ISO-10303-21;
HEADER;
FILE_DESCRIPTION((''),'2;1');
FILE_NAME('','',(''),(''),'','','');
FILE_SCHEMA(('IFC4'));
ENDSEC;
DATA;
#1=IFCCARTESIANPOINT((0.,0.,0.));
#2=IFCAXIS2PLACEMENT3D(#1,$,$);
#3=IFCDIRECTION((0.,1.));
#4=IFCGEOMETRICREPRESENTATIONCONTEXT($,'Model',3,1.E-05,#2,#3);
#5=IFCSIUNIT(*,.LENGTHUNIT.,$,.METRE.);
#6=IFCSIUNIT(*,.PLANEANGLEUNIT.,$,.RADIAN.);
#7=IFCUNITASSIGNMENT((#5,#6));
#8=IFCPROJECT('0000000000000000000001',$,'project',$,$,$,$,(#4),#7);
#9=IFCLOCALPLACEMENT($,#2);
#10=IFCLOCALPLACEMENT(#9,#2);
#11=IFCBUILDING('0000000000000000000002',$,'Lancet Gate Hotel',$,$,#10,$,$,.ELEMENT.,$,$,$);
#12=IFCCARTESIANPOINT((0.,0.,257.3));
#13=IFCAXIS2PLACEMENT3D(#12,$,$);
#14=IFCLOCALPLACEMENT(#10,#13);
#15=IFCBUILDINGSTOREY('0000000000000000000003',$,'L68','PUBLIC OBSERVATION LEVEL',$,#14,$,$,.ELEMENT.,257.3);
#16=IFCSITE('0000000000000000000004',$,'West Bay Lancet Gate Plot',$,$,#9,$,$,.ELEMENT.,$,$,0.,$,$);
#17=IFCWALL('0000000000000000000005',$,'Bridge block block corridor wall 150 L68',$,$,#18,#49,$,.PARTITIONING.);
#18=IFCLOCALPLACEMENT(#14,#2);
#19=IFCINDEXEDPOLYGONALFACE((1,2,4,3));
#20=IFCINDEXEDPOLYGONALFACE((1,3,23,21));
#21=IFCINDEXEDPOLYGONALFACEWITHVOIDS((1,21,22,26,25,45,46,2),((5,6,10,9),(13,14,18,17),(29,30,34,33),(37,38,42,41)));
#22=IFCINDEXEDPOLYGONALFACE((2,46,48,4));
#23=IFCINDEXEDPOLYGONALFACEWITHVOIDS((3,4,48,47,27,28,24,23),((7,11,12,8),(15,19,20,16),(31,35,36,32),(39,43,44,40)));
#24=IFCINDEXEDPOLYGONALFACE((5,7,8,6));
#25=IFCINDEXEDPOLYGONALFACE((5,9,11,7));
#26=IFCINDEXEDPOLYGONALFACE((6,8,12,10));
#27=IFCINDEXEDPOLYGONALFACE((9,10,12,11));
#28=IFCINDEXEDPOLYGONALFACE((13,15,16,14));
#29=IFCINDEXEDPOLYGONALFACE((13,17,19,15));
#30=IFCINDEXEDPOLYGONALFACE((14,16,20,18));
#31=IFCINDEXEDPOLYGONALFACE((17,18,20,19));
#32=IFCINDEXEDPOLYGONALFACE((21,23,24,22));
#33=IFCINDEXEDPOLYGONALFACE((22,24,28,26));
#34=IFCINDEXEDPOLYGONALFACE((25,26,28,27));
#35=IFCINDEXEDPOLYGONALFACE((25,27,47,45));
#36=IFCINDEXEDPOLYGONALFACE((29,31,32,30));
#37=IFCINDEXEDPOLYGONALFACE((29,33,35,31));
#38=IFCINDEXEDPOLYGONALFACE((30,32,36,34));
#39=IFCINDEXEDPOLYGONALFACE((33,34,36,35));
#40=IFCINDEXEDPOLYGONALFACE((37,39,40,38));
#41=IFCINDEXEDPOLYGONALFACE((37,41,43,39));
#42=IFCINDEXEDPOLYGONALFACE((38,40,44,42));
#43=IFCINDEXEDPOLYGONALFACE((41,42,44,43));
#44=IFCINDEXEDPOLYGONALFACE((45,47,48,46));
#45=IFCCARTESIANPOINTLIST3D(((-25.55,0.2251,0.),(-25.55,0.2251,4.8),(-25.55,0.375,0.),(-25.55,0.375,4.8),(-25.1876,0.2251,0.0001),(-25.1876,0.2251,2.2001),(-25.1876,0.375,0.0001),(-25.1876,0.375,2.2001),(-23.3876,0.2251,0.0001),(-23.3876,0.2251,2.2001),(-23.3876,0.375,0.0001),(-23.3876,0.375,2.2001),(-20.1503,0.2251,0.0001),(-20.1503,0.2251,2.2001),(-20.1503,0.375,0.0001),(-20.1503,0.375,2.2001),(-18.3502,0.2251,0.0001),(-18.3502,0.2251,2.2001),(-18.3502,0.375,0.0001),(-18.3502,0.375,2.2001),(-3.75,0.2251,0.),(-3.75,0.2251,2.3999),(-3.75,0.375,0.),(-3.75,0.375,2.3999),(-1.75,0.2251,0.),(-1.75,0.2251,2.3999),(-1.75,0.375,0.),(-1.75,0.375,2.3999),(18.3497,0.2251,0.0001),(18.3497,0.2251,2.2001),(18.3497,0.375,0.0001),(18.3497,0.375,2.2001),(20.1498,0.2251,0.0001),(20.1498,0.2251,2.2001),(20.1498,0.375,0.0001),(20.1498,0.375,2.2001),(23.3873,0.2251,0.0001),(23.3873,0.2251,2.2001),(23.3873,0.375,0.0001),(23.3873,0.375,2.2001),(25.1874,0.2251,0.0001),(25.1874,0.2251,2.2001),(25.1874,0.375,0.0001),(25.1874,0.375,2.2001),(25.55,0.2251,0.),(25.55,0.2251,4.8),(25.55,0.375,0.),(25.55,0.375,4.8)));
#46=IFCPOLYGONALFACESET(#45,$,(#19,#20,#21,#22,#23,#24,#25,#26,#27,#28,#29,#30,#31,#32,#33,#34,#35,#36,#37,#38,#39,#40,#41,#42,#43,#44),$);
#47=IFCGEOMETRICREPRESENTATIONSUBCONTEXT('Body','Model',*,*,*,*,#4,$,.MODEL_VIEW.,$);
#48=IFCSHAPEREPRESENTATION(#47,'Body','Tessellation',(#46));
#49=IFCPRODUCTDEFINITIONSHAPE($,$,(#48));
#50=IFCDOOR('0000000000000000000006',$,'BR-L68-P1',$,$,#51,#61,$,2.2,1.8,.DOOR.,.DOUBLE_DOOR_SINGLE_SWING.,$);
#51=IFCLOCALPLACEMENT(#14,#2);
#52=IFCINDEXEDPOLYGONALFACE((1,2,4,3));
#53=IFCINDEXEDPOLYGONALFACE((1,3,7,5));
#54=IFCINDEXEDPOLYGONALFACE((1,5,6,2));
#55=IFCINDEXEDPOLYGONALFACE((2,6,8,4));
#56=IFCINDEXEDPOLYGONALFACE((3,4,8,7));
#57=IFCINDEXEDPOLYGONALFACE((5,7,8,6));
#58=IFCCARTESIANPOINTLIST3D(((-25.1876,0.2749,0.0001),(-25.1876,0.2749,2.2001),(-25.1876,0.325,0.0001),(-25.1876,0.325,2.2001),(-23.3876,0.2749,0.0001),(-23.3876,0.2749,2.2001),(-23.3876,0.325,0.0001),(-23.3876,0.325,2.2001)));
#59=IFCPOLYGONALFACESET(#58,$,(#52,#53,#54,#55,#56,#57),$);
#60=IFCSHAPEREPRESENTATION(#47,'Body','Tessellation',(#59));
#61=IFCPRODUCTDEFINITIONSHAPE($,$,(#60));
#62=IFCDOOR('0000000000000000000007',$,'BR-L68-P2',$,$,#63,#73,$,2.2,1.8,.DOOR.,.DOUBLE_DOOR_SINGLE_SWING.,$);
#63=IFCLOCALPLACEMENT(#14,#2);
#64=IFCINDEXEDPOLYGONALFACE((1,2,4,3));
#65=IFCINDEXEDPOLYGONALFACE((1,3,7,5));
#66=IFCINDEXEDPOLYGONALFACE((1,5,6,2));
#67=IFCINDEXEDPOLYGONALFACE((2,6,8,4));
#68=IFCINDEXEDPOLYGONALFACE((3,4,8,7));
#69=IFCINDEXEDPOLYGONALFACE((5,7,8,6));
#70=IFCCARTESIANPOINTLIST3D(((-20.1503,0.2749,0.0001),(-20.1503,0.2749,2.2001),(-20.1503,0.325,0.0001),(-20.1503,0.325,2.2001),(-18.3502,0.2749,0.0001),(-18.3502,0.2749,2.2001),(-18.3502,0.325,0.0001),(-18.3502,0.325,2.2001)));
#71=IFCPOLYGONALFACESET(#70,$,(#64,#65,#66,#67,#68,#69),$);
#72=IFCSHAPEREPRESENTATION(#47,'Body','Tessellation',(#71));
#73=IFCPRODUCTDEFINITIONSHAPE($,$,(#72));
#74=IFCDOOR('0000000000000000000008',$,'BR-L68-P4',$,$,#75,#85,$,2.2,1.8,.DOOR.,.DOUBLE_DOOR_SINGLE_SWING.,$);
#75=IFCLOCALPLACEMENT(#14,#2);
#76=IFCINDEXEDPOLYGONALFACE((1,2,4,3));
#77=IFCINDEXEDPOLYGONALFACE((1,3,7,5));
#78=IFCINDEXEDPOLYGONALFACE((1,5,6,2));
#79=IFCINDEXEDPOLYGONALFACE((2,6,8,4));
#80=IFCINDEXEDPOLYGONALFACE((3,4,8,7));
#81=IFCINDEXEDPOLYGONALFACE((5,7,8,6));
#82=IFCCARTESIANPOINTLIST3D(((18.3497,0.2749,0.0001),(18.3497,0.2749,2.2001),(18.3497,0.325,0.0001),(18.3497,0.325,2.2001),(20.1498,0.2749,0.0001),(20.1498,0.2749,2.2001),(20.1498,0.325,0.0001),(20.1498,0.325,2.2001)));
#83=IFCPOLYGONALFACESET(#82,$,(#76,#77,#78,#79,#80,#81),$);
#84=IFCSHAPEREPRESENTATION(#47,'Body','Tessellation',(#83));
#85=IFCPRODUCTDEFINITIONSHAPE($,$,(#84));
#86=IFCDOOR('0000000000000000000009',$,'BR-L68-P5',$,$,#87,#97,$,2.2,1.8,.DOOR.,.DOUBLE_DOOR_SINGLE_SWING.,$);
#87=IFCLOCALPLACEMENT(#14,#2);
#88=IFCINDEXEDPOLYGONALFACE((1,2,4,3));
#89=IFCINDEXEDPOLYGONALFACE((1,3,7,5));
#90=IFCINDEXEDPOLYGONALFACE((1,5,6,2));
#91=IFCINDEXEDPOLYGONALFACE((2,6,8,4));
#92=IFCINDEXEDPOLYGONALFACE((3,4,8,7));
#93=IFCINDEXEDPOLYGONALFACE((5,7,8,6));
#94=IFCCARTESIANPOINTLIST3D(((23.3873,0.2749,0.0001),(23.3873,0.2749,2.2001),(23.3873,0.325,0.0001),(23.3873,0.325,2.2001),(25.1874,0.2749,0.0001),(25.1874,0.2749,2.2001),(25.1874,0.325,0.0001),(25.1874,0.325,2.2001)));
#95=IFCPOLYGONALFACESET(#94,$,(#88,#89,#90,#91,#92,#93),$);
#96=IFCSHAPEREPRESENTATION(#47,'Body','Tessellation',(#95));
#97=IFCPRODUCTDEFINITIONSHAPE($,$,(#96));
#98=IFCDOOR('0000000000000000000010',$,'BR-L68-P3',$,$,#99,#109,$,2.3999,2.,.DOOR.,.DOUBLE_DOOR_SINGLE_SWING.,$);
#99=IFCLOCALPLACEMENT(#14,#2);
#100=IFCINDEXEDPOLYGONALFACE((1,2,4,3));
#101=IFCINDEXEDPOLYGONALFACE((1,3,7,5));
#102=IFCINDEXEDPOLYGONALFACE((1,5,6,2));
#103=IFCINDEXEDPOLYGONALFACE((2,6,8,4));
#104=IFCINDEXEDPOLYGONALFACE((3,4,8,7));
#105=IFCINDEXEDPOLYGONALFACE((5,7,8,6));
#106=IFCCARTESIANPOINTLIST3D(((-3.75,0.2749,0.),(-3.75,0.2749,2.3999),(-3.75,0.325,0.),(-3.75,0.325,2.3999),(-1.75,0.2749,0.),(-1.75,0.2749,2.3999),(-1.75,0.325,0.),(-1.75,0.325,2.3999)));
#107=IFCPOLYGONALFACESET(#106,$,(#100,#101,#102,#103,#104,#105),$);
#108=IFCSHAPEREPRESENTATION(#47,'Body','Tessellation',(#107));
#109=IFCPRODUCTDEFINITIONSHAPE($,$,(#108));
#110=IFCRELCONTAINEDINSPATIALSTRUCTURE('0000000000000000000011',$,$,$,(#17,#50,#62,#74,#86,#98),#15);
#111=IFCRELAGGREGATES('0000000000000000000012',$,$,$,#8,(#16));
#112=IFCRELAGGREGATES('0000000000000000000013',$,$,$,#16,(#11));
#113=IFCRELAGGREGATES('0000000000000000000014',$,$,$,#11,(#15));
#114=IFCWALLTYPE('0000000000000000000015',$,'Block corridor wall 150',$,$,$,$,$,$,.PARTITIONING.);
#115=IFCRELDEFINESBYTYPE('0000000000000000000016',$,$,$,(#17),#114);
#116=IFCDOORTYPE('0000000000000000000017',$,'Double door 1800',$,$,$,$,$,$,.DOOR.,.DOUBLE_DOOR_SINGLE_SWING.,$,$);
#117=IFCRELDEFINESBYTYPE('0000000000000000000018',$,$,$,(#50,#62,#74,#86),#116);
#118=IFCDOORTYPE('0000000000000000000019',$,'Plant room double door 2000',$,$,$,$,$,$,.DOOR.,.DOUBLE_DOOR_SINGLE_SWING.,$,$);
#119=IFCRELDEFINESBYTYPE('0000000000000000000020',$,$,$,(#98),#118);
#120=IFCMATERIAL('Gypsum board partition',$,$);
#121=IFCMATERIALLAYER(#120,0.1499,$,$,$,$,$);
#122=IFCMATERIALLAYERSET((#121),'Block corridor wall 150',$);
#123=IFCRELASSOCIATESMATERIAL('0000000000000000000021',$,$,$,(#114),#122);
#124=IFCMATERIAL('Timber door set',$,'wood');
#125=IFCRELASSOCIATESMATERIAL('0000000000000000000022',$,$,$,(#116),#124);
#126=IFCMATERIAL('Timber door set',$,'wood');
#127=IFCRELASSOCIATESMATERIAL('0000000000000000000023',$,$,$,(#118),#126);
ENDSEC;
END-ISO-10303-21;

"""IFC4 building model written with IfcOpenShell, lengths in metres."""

from ifc_helpers import new_model, si_unit, direction, frame, frame_2d, origin, place, context, subcontext, project, spatial, rectangle, extrude, material, layer, layer_set, type_object, element, fill, save


model = new_model("IFC4")

# Units and contexts
model_context = context("Model", 3, precision=1e-05, world=origin(), true_north=direction((0.0, 1.0)))
body_context = subcontext(model_context, "Body", "Model", "MODEL_VIEW")
ifc_project = project(units=[si_unit("LENGTHUNIT", "METRE"), si_unit("PLANEANGLEUNIT", "RADIAN")], contexts=[model_context])

# Site, building, storey
site_placement = place(None, origin())
site = spatial("IfcSite", under=ifc_project, at=site_placement, Name="West Bay Lancet Gate Plot", CompositionType="ELEMENT", RefElevation=0.0)
building_placement = place(site_placement, origin())
building = spatial("IfcBuilding", under=site, at=building_placement, Name="Lancet Gate Hotel", CompositionType="ELEMENT")
storey_placement = place(building_placement, frame((0.0, 0.0, 257.3)))
storey = spatial("IfcBuildingStorey", under=building, at=storey_placement, Name="L68", Description="PUBLIC OBSERVATION LEVEL", CompositionType="ELEMENT", Elevation=257.3)

# Wall, openings, doors
ifc_material_1 = material(Name="Gypsum board partition")
ifc_layer_1 = layer(ifc_material_1, 0.1499)
ifc_layer_set_1 = layer_set([ifc_layer_1], Name="Block corridor wall 150")
wall_type_1 = type_object("IfcWallType", Name="Block corridor wall 150", PredefinedType="PARTITIONING", material=ifc_layer_set_1)
wall_1_placement = place(storey_placement, frame((-25.55, 0.3, 0.0), z_axis=(0.0, 0.0, 1.0), x_axis=(1.0, 0.0, 0.0)))
wall_1 = element("IfcWall", 1, at=wall_1_placement, inside=storey, type_object=wall_type_1, Name="Bridge block block corridor wall 150 L68", PredefinedType="PARTITIONING", context=body_context, shape_type="SweptSolid", body=[
    extrude(rectangle(XDim=51.1001, YDim=0.1499, at=frame_2d((25.55, 0.0))), origin(), (0.0, 0.0, 1.0), 4.8),
])
opening_1_placement = place(wall_1_placement, frame((0.3625, 0.0, 0.0)))
opening_1 = element("IfcOpeningElement", 2, at=opening_1_placement, cuts=wall_1, PredefinedType="OPENING", context=body_context, shape_type="SweptSolid", body=[
    extrude(rectangle(XDim=1.8, YDim=2.2, at=frame_2d((0.8999, 1.1001))), frame((0.0, 0.085, 0.0), z_axis=(0.0, -1.0, 0.0), x_axis=(1.0, 0.0, 0.0)), (0.0, 0.0, 1.0), 0.1699),
])
opening_2_placement = place(wall_1_placement, frame((5.3999, 0.0, 0.0)))
opening_2 = element("IfcOpeningElement", 3, at=opening_2_placement, cuts=wall_1, PredefinedType="OPENING", context=body_context, shape_type="SweptSolid", body=[
    extrude(rectangle(XDim=1.8, YDim=2.2, at=frame_2d((0.8999, 1.1001))), frame((0.0, 0.085, 0.0), z_axis=(0.0, -1.0, 0.0), x_axis=(1.0, 0.0, 0.0)), (0.0, 0.0, 1.0), 0.1699),
])
opening_3_placement = place(wall_1_placement, frame((21.8, 0.0, 0.0)))
opening_3 = element("IfcOpeningElement", 4, at=opening_3_placement, cuts=wall_1, PredefinedType="OPENING", context=body_context, shape_type="SweptSolid", body=[
    extrude(rectangle(XDim=2.0, YDim=2.3999, at=frame_2d((1.0, 1.2))), frame((0.0, 0.085, 0.0), z_axis=(0.0, -1.0, 0.0), x_axis=(1.0, 0.0, 0.0)), (0.0, 0.0, 1.0), 0.1699),
])
opening_4_placement = place(wall_1_placement, frame((43.8999, 0.0, 0.0)))
opening_4 = element("IfcOpeningElement", 5, at=opening_4_placement, cuts=wall_1, PredefinedType="OPENING", context=body_context, shape_type="SweptSolid", body=[
    extrude(rectangle(XDim=1.8, YDim=2.2, at=frame_2d((0.8999, 1.1001))), frame((0.0, 0.085, 0.0), z_axis=(0.0, -1.0, 0.0), x_axis=(1.0, 0.0, 0.0)), (0.0, 0.0, 1.0), 0.1699),
])
opening_5_placement = place(wall_1_placement, frame((48.9375, 0.0, 0.0)))
opening_5 = element("IfcOpeningElement", 6, at=opening_5_placement, cuts=wall_1, PredefinedType="OPENING", context=body_context, shape_type="SweptSolid", body=[
    extrude(rectangle(XDim=1.8, YDim=2.2, at=frame_2d((0.8999, 1.1001))), frame((0.0, 0.085, 0.0), z_axis=(0.0, -1.0, 0.0), x_axis=(1.0, 0.0, 0.0)), (0.0, 0.0, 1.0), 0.1699),
])
ifc_material_2 = material(Name="Timber door set", Category="wood")
door_type_1 = type_object("IfcDoorType", Name="Double door 1800", OperationType="DOUBLE_DOOR_SINGLE_SWING", PredefinedType="DOOR", material=ifc_material_2)
door_1_placement = place(opening_1_placement, origin())
door_1 = element("IfcDoor", 7, at=door_1_placement, inside=storey, type_object=door_type_1, Name="BR-L68-P1", OperationType="DOUBLE_DOOR_SINGLE_SWING", OverallHeight=2.2, OverallWidth=1.8, PredefinedType="DOOR", context=body_context, shape_type="SweptSolid", body=[
    extrude(rectangle(XDim=1.8, YDim=2.2, at=frame_2d((0.8999, 1.1001))), frame((0.0, 0.0249, 0.0), z_axis=(0.0, -1.0, 0.0), x_axis=(1.0, 0.0, 0.0)), (0.0, 0.0, 1.0), 0.05),
])
fill(opening_1, door_1)
door_2_placement = place(opening_2_placement, origin())
door_2 = element("IfcDoor", 8, at=door_2_placement, inside=storey, type_object=door_type_1, Name="BR-L68-P2", OperationType="DOUBLE_DOOR_SINGLE_SWING", OverallHeight=2.2, OverallWidth=1.8, PredefinedType="DOOR", context=body_context, shape_type="SweptSolid", body=[
    extrude(rectangle(XDim=1.8, YDim=2.2, at=frame_2d((0.8999, 1.1001))), frame((0.0, 0.0249, 0.0), z_axis=(0.0, -1.0, 0.0), x_axis=(1.0, 0.0, 0.0)), (0.0, 0.0, 1.0), 0.05),
])
fill(opening_2, door_2)
door_3_placement = place(opening_4_placement, origin())
door_3 = element("IfcDoor", 9, at=door_3_placement, inside=storey, type_object=door_type_1, Name="BR-L68-P4", OperationType="DOUBLE_DOOR_SINGLE_SWING", OverallHeight=2.2, OverallWidth=1.8, PredefinedType="DOOR", context=body_context, shape_type="SweptSolid", body=[
    extrude(rectangle(XDim=1.8, YDim=2.2, at=frame_2d((0.8999, 1.1001))), frame((0.0, 0.0249, 0.0), z_axis=(0.0, -1.0, 0.0), x_axis=(1.0, 0.0, 0.0)), (0.0, 0.0, 1.0), 0.05),
])
fill(opening_4, door_3)
door_4_placement = place(opening_5_placement, origin())
door_4 = element("IfcDoor", 10, at=door_4_placement, inside=storey, type_object=door_type_1, Name="BR-L68-P5", OperationType="DOUBLE_DOOR_SINGLE_SWING", OverallHeight=2.2, OverallWidth=1.8, PredefinedType="DOOR", context=body_context, shape_type="SweptSolid", body=[
    extrude(rectangle(XDim=1.8, YDim=2.2, at=frame_2d((0.8999, 1.1001))), frame((0.0, 0.0249, 0.0), z_axis=(0.0, -1.0, 0.0), x_axis=(1.0, 0.0, 0.0)), (0.0, 0.0, 1.0), 0.05),
])
fill(opening_5, door_4)
ifc_material_3 = material(Name="Timber door set", Category="wood")
door_type_2 = type_object("IfcDoorType", Name="Plant room double door 2000", OperationType="DOUBLE_DOOR_SINGLE_SWING", PredefinedType="DOOR", material=ifc_material_3)
door_5_placement = place(opening_3_placement, origin())
door_5 = element("IfcDoor", 11, at=door_5_placement, inside=storey, type_object=door_type_2, Name="BR-L68-P3", OperationType="DOUBLE_DOOR_SINGLE_SWING", OverallHeight=2.3999, OverallWidth=2.0, PredefinedType="DOOR", context=body_context, shape_type="SweptSolid", body=[
    extrude(rectangle(XDim=2.0, YDim=2.3999, at=frame_2d((1.0, 1.2))), frame((0.0, 0.0249, 0.0), z_axis=(0.0, -1.0, 0.0), x_axis=(1.0, 0.0, 0.0)), (0.0, 0.0, 1.0), 0.05),
])
fill(opening_3, door_5)

save(model, "model.ifc")
